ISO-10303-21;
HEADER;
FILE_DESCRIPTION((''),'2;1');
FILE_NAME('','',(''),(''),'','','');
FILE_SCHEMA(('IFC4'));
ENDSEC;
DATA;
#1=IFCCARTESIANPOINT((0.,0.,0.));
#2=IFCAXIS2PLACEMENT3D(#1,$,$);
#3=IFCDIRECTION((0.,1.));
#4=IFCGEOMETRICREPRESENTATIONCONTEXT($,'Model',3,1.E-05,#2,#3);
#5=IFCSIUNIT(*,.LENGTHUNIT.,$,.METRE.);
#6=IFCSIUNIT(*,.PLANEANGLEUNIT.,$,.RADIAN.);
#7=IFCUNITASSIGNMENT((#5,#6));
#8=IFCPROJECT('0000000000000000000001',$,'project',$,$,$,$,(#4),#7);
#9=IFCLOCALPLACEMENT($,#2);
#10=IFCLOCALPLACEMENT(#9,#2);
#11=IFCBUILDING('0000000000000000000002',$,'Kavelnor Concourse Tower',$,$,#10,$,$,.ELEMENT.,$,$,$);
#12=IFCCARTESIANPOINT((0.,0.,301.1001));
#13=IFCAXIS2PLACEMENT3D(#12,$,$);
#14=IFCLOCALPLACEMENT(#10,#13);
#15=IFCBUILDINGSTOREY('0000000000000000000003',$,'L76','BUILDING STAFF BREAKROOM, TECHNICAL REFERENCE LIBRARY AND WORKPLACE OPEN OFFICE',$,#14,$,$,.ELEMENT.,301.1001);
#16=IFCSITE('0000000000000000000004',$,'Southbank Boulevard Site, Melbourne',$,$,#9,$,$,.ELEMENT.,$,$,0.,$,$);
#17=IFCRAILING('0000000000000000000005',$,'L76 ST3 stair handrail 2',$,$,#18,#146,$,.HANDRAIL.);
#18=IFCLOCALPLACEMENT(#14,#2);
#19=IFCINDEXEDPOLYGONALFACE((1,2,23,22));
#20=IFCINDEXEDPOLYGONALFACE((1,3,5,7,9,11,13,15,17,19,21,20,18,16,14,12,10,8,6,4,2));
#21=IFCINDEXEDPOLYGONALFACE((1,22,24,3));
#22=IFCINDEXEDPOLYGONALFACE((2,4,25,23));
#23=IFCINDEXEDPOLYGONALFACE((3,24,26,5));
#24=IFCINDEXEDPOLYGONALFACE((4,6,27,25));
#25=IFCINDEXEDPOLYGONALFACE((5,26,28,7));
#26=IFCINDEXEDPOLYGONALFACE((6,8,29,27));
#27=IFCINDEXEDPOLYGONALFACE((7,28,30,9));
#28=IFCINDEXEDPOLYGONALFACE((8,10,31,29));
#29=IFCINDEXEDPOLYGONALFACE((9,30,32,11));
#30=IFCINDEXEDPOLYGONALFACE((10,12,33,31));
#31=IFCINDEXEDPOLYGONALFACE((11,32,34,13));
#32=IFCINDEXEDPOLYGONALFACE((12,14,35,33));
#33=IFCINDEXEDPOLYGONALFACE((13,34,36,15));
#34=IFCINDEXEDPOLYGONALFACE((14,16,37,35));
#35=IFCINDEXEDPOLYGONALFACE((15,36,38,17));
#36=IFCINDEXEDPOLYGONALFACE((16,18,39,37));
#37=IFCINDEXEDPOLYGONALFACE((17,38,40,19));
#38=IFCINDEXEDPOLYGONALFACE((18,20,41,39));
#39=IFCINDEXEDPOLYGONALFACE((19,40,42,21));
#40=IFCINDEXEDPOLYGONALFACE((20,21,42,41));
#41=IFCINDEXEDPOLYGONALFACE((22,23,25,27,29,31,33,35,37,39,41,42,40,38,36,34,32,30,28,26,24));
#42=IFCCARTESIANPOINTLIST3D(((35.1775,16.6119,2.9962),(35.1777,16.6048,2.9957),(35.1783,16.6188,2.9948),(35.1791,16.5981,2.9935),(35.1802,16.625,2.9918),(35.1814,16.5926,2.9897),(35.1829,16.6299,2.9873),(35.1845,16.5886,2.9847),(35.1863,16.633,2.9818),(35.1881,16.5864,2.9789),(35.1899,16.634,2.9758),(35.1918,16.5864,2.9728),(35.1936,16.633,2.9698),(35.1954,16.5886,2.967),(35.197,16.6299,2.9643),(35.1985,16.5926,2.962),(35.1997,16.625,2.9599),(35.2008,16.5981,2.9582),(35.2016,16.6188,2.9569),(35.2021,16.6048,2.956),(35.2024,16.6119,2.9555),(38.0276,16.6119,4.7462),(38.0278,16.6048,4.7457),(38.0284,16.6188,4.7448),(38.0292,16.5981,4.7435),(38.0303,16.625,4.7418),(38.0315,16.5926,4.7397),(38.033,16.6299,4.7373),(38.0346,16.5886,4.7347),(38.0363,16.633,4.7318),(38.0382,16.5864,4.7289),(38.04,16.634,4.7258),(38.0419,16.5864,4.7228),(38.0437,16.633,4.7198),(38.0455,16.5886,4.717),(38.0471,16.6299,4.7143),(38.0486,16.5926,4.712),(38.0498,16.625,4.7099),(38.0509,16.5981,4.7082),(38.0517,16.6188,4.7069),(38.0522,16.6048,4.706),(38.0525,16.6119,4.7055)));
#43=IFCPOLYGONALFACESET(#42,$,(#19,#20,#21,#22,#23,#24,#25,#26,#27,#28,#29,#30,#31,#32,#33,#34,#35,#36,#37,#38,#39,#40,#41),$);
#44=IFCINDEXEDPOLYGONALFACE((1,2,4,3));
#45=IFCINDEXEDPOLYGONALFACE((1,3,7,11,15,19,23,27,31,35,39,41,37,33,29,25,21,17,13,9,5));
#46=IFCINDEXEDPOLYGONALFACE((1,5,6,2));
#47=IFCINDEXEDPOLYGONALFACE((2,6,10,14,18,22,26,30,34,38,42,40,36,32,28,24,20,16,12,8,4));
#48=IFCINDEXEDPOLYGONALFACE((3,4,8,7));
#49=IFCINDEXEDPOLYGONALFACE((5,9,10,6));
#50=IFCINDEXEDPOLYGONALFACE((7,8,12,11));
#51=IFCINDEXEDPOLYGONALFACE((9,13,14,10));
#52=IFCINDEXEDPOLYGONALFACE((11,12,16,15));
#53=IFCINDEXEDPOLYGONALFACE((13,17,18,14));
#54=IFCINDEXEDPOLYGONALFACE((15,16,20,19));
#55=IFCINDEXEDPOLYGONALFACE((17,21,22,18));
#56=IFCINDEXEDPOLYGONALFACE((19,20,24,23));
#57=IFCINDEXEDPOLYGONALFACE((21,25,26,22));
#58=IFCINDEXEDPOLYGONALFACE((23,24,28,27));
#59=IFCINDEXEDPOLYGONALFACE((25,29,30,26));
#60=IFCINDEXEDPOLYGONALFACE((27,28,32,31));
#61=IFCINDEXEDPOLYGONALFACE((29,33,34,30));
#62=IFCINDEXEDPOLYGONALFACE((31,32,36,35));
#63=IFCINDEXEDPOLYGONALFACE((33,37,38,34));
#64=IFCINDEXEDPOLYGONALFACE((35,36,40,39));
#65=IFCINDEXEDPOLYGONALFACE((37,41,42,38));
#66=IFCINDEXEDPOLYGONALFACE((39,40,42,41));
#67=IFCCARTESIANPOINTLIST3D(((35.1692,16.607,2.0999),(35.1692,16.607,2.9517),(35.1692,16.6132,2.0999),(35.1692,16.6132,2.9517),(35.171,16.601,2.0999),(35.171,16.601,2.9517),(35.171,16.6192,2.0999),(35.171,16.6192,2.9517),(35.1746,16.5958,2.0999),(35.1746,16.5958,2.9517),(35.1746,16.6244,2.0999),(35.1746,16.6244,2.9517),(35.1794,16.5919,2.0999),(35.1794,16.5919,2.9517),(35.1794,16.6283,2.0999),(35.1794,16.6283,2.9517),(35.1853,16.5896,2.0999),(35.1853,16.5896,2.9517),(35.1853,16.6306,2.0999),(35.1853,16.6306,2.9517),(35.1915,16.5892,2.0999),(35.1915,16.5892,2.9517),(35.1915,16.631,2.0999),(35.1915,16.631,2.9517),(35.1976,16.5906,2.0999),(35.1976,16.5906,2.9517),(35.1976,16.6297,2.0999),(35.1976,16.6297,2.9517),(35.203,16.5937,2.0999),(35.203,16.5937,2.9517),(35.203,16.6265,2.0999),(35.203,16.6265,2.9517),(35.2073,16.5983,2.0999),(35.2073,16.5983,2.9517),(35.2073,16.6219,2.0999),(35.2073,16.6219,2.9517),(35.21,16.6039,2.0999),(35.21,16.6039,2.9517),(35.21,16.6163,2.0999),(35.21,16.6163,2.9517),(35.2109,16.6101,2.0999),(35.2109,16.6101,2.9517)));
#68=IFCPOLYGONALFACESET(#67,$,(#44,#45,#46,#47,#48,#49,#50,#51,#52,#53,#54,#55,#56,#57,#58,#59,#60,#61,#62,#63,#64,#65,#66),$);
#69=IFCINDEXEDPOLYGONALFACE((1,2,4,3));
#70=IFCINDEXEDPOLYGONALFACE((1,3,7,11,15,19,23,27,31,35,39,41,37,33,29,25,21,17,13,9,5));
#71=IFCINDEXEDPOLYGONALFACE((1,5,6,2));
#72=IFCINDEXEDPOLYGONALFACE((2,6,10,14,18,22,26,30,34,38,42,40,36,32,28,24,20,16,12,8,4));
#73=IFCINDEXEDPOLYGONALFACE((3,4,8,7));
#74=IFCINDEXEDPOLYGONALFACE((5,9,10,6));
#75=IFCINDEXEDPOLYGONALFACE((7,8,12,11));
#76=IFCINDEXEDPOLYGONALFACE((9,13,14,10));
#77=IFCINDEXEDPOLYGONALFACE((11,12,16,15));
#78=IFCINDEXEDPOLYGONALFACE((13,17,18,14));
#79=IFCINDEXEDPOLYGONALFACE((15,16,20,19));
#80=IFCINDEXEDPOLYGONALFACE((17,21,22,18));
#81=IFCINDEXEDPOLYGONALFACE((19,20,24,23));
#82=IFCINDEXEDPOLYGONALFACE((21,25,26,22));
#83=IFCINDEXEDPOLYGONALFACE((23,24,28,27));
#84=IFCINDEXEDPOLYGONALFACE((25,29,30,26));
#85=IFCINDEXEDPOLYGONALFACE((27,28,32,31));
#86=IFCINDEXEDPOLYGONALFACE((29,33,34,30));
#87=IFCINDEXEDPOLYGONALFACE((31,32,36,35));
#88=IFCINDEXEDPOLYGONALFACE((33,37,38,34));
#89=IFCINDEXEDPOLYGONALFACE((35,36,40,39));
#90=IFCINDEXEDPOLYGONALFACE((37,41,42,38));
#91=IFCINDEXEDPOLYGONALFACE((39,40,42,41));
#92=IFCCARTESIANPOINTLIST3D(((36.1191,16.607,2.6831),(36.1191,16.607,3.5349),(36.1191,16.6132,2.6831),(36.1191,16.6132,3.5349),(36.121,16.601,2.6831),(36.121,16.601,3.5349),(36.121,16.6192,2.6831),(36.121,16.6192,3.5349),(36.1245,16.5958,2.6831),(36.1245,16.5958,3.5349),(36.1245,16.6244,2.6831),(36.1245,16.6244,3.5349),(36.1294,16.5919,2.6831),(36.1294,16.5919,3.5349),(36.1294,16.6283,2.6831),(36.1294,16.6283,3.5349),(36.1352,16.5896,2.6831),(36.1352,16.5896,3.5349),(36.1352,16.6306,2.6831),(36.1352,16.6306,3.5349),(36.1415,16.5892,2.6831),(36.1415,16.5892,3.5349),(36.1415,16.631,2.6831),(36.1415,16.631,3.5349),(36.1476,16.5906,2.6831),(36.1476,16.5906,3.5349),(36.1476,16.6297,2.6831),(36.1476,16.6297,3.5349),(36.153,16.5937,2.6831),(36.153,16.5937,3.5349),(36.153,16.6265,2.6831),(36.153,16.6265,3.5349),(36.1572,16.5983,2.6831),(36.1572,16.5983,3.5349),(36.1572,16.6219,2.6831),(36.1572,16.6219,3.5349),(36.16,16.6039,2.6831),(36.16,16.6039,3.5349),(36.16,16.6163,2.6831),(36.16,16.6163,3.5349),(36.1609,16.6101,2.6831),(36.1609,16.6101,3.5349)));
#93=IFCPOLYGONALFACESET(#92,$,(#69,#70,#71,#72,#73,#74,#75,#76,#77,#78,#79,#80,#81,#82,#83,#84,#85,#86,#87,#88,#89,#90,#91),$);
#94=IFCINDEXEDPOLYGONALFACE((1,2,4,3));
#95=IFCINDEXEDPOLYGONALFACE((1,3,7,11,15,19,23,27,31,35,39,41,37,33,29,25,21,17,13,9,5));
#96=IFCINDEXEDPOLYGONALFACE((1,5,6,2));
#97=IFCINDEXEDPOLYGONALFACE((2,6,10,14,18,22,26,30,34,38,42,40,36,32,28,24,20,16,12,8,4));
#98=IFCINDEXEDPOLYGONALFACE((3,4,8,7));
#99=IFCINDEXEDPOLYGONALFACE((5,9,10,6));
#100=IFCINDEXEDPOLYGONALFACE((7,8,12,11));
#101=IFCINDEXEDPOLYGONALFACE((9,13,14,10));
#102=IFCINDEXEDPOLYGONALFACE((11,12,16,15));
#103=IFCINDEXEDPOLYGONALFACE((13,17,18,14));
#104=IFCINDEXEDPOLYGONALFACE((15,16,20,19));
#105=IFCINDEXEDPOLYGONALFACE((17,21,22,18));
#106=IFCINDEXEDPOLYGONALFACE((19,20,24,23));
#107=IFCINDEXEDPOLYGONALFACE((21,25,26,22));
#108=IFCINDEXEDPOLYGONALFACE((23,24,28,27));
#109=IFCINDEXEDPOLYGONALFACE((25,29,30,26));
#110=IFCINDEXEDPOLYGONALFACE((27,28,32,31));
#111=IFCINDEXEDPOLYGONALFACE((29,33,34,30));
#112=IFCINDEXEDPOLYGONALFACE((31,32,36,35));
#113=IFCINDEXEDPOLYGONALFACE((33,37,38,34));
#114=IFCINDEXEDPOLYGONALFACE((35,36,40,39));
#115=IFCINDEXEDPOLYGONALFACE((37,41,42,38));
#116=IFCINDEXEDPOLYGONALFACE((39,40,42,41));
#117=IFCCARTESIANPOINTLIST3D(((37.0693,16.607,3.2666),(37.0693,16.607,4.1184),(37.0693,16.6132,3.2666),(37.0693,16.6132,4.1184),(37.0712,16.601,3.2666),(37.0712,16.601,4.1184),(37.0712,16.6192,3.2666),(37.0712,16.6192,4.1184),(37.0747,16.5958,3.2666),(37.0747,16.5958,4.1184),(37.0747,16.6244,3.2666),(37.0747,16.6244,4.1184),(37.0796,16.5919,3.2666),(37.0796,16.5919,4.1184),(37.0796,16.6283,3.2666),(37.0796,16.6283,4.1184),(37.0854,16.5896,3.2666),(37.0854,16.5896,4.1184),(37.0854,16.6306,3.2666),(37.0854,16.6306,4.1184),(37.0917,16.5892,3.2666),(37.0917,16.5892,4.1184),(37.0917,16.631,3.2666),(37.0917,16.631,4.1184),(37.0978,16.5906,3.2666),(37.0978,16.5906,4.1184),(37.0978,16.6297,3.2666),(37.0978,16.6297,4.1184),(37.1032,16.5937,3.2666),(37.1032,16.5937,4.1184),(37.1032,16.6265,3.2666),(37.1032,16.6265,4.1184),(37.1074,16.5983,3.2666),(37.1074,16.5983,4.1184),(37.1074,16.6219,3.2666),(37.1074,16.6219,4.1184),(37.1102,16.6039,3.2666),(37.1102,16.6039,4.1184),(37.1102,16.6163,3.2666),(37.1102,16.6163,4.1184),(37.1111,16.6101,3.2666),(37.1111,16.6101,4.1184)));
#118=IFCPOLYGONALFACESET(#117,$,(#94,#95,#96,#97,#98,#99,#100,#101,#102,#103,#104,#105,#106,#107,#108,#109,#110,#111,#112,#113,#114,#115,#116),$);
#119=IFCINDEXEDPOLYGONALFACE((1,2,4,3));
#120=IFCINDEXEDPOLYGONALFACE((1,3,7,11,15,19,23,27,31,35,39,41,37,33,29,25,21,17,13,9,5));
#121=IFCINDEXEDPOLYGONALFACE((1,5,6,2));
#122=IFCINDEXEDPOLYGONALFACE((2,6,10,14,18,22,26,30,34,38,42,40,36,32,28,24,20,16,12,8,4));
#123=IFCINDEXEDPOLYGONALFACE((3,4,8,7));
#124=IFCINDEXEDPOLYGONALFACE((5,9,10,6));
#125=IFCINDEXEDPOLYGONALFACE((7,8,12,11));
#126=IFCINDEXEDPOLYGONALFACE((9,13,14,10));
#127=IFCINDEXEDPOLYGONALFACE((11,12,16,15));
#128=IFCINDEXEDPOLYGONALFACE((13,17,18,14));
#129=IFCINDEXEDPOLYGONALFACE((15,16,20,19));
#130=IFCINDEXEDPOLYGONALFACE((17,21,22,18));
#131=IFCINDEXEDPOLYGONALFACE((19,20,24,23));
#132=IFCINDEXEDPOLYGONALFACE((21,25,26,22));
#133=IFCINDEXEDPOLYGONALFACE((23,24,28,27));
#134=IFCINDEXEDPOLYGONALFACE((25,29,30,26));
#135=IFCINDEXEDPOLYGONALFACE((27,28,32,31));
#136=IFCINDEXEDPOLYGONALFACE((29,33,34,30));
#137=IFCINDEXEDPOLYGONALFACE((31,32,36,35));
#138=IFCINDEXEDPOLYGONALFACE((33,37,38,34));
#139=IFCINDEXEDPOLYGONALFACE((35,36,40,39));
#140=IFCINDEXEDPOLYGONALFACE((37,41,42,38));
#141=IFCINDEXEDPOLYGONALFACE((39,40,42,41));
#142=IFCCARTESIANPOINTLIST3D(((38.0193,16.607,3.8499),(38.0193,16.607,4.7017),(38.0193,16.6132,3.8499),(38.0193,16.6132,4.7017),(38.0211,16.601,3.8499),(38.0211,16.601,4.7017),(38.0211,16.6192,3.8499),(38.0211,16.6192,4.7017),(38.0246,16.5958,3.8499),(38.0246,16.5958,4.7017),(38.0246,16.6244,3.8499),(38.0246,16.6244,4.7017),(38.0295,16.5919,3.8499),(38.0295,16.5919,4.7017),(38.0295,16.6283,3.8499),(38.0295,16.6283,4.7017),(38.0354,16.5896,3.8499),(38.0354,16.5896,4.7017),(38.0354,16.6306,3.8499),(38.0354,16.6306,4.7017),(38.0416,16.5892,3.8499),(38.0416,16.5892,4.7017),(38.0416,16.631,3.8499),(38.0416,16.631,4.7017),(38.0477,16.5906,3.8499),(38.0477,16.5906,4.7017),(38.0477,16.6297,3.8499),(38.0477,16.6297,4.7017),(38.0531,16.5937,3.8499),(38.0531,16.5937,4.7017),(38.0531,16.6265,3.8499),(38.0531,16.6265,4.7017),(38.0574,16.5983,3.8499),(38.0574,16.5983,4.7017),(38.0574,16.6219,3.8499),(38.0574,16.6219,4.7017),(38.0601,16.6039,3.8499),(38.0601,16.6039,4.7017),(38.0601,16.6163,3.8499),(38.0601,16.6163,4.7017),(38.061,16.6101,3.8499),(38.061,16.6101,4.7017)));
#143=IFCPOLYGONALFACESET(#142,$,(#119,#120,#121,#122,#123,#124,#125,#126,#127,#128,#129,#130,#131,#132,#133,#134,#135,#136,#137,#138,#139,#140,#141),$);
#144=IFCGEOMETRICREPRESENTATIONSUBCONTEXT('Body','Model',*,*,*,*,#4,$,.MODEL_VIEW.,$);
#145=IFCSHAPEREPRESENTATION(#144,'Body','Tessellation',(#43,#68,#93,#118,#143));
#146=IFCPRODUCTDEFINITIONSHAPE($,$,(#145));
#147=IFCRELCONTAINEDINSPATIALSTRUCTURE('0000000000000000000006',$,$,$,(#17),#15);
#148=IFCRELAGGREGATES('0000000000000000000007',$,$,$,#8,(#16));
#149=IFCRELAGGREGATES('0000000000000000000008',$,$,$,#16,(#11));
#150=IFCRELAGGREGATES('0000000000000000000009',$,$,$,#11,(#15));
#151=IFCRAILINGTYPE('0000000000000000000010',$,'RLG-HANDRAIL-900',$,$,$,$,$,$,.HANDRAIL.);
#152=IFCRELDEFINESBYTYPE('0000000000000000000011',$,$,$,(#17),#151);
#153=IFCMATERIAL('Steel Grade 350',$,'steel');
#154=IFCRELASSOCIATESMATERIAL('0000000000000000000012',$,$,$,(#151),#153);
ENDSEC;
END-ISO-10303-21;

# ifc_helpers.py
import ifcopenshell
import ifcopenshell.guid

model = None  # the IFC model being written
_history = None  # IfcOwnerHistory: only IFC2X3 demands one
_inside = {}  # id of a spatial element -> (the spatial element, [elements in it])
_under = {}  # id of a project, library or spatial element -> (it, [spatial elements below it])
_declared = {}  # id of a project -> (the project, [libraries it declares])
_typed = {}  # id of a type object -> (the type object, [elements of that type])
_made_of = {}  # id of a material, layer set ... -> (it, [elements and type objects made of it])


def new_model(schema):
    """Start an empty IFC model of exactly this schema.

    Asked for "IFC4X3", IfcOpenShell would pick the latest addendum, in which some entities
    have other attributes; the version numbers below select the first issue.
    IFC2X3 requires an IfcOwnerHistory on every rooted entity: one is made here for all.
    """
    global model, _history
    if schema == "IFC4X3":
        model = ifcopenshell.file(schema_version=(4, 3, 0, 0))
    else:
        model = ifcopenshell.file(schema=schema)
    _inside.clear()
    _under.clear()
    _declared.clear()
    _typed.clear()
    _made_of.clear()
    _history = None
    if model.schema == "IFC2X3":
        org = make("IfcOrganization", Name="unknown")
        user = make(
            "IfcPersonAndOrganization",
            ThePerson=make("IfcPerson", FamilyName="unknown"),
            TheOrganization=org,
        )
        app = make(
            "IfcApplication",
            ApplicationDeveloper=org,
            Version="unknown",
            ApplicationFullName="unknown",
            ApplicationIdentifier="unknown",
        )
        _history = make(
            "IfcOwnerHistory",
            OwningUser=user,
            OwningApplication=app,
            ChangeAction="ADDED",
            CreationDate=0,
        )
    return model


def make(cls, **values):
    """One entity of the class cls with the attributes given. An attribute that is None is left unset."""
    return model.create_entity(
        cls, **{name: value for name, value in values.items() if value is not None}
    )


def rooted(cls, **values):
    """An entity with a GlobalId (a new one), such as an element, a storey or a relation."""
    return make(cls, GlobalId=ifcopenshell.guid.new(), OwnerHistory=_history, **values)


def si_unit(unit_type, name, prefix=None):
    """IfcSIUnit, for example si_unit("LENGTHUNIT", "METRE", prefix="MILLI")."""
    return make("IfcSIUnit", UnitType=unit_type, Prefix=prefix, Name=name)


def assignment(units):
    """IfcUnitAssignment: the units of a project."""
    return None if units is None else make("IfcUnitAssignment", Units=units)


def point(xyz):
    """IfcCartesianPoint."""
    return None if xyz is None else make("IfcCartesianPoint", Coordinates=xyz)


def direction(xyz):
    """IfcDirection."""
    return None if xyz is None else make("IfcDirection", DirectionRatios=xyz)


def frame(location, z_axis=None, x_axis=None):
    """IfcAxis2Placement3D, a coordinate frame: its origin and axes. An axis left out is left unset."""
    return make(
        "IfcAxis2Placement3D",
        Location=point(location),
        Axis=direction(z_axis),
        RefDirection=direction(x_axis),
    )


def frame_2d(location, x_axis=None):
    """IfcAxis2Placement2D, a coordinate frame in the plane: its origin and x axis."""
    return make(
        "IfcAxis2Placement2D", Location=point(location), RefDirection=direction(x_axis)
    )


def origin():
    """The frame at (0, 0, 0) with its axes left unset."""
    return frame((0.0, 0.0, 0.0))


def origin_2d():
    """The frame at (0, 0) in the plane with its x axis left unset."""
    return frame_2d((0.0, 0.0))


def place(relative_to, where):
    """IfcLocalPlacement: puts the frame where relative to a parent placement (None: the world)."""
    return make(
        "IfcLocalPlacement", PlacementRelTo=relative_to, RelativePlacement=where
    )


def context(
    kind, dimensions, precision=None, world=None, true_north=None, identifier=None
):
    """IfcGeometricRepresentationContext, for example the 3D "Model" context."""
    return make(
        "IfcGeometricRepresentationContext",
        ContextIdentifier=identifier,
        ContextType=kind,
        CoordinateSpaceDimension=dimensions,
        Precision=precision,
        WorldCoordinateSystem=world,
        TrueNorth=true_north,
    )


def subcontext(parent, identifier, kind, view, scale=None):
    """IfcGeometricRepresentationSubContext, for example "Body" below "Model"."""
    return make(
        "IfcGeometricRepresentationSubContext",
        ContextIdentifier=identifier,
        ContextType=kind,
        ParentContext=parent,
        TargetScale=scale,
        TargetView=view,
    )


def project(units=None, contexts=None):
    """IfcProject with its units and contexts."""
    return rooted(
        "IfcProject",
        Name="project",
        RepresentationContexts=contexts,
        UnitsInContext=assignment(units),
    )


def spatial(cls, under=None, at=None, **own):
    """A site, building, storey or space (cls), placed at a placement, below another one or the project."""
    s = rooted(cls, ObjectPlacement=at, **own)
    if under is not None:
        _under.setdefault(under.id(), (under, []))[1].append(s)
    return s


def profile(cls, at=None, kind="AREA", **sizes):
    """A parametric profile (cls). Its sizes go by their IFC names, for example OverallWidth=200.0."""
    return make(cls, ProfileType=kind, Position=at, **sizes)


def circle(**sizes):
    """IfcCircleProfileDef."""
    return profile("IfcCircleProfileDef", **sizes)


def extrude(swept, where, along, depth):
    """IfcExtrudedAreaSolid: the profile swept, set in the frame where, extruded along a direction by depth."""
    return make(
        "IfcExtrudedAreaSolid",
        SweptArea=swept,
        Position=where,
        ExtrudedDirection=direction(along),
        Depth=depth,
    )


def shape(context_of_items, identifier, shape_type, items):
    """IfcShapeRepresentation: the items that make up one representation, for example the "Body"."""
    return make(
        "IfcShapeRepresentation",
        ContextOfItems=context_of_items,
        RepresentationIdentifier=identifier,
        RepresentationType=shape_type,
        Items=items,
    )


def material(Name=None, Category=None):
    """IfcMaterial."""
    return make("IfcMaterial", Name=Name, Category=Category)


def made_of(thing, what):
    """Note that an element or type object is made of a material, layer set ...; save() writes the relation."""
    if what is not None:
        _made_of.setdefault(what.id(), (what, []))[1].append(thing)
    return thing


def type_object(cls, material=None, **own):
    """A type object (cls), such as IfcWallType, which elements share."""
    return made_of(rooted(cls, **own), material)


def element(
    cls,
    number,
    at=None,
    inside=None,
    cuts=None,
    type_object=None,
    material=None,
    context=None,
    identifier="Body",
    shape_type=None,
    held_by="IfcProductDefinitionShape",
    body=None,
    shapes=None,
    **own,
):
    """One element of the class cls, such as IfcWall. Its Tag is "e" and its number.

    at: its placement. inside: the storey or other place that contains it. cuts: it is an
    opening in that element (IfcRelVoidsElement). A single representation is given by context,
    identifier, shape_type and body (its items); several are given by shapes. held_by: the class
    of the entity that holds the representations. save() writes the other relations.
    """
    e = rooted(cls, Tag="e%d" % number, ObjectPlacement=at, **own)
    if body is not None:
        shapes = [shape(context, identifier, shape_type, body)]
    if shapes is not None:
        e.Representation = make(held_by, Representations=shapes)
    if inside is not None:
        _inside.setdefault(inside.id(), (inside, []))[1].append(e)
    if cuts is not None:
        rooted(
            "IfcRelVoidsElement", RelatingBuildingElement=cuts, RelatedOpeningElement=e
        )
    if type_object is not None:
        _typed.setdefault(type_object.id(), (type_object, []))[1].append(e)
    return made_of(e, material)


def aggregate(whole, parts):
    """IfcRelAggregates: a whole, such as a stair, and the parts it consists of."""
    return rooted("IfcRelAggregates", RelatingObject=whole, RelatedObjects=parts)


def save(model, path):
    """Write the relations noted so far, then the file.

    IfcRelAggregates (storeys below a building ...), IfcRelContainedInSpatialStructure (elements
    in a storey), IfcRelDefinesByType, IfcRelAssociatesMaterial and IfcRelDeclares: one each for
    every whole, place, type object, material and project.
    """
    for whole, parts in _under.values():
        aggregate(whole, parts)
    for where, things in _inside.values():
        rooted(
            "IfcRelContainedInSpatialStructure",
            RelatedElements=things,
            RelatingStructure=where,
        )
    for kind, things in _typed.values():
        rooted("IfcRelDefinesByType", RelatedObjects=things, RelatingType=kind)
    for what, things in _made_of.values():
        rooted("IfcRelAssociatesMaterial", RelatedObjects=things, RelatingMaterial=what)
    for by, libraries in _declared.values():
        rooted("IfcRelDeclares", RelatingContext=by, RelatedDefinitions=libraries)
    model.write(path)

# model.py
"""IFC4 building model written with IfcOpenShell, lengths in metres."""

from ifc_helpers import new_model, si_unit, direction, frame, origin, origin_2d, place, context, subcontext, project, spatial, circle, extrude, material, type_object, element, save


model = new_model("IFC4")

# Units and contexts
model_context = context("Model", 3, precision=1e-05, world=origin(), true_north=direction((0.0, 1.0)))
body_context = subcontext(model_context, "Body", "Model", "MODEL_VIEW")
ifc_project = project(units=[si_unit("LENGTHUNIT", "METRE"), si_unit("PLANEANGLEUNIT", "RADIAN")], contexts=[model_context])

# Site, building, storey
site_placement = place(None, origin())
site = spatial("IfcSite", under=ifc_project, at=site_placement, Name="Southbank Boulevard Site, Melbourne", CompositionType="ELEMENT", RefElevation=0.0)
building_placement = place(site_placement, origin())
building = spatial("IfcBuilding", under=site, at=building_placement, Name="Kavelnor Concourse Tower", CompositionType="ELEMENT")
storey_placement = place(building_placement, frame((0.0, 0.0, 301.1001)))
storey = spatial("IfcBuildingStorey", under=building, at=storey_placement, Name="L76", Description="BUILDING STAFF BREAKROOM, TECHNICAL REFERENCE LIBRARY AND WORKPLACE OPEN OFFICE", CompositionType="ELEMENT", Elevation=301.1001)

# Shared definitions
ifc_material_1 = material(Name="Steel Grade 350", Category="steel")

# Railing
railing_type_1 = type_object("IfcRailingType", Name="RLG-HANDRAIL-900", PredefinedType="HANDRAIL", material=ifc_material_1)
railing_1_placement = place(storey_placement, frame((35.1899, 16.6101, 2.0999)))
element("IfcRailing", 1, at=railing_1_placement, inside=storey, type_object=railing_type_1, Name="L76 ST3 stair handrail 2", PredefinedType="HANDRAIL", context=body_context, shape_type="SweptSolid", body=[
    extrude(circle(Radius=0.0239, at=origin_2d()), frame((0.0, 0.0, 0.876), z_axis=(0.852179, 0.0, 0.52325), x_axis=(0.0, 1.0, 0.0)), (0.0, 0.0, 1.0), 3.3445),
    extrude(circle(Radius=0.021, at=origin_2d()), origin(), (0.0, 0.0, 1.0), 0.8518),
    extrude(circle(Radius=0.021, at=origin_2d()), frame((0.95, 0.0, 0.5833)), (0.0, 0.0, 1.0), 0.8518),
    extrude(circle(Radius=0.021, at=origin_2d()), frame((1.9001, 0.0, 1.1667)), (0.0, 0.0, 1.0), 0.8518),
    extrude(circle(Radius=0.021, at=origin_2d()), frame((2.8501, 0.0, 1.75)), (0.0, 0.0, 1.0), 0.8518),
])

save(model, "model.ifc")
